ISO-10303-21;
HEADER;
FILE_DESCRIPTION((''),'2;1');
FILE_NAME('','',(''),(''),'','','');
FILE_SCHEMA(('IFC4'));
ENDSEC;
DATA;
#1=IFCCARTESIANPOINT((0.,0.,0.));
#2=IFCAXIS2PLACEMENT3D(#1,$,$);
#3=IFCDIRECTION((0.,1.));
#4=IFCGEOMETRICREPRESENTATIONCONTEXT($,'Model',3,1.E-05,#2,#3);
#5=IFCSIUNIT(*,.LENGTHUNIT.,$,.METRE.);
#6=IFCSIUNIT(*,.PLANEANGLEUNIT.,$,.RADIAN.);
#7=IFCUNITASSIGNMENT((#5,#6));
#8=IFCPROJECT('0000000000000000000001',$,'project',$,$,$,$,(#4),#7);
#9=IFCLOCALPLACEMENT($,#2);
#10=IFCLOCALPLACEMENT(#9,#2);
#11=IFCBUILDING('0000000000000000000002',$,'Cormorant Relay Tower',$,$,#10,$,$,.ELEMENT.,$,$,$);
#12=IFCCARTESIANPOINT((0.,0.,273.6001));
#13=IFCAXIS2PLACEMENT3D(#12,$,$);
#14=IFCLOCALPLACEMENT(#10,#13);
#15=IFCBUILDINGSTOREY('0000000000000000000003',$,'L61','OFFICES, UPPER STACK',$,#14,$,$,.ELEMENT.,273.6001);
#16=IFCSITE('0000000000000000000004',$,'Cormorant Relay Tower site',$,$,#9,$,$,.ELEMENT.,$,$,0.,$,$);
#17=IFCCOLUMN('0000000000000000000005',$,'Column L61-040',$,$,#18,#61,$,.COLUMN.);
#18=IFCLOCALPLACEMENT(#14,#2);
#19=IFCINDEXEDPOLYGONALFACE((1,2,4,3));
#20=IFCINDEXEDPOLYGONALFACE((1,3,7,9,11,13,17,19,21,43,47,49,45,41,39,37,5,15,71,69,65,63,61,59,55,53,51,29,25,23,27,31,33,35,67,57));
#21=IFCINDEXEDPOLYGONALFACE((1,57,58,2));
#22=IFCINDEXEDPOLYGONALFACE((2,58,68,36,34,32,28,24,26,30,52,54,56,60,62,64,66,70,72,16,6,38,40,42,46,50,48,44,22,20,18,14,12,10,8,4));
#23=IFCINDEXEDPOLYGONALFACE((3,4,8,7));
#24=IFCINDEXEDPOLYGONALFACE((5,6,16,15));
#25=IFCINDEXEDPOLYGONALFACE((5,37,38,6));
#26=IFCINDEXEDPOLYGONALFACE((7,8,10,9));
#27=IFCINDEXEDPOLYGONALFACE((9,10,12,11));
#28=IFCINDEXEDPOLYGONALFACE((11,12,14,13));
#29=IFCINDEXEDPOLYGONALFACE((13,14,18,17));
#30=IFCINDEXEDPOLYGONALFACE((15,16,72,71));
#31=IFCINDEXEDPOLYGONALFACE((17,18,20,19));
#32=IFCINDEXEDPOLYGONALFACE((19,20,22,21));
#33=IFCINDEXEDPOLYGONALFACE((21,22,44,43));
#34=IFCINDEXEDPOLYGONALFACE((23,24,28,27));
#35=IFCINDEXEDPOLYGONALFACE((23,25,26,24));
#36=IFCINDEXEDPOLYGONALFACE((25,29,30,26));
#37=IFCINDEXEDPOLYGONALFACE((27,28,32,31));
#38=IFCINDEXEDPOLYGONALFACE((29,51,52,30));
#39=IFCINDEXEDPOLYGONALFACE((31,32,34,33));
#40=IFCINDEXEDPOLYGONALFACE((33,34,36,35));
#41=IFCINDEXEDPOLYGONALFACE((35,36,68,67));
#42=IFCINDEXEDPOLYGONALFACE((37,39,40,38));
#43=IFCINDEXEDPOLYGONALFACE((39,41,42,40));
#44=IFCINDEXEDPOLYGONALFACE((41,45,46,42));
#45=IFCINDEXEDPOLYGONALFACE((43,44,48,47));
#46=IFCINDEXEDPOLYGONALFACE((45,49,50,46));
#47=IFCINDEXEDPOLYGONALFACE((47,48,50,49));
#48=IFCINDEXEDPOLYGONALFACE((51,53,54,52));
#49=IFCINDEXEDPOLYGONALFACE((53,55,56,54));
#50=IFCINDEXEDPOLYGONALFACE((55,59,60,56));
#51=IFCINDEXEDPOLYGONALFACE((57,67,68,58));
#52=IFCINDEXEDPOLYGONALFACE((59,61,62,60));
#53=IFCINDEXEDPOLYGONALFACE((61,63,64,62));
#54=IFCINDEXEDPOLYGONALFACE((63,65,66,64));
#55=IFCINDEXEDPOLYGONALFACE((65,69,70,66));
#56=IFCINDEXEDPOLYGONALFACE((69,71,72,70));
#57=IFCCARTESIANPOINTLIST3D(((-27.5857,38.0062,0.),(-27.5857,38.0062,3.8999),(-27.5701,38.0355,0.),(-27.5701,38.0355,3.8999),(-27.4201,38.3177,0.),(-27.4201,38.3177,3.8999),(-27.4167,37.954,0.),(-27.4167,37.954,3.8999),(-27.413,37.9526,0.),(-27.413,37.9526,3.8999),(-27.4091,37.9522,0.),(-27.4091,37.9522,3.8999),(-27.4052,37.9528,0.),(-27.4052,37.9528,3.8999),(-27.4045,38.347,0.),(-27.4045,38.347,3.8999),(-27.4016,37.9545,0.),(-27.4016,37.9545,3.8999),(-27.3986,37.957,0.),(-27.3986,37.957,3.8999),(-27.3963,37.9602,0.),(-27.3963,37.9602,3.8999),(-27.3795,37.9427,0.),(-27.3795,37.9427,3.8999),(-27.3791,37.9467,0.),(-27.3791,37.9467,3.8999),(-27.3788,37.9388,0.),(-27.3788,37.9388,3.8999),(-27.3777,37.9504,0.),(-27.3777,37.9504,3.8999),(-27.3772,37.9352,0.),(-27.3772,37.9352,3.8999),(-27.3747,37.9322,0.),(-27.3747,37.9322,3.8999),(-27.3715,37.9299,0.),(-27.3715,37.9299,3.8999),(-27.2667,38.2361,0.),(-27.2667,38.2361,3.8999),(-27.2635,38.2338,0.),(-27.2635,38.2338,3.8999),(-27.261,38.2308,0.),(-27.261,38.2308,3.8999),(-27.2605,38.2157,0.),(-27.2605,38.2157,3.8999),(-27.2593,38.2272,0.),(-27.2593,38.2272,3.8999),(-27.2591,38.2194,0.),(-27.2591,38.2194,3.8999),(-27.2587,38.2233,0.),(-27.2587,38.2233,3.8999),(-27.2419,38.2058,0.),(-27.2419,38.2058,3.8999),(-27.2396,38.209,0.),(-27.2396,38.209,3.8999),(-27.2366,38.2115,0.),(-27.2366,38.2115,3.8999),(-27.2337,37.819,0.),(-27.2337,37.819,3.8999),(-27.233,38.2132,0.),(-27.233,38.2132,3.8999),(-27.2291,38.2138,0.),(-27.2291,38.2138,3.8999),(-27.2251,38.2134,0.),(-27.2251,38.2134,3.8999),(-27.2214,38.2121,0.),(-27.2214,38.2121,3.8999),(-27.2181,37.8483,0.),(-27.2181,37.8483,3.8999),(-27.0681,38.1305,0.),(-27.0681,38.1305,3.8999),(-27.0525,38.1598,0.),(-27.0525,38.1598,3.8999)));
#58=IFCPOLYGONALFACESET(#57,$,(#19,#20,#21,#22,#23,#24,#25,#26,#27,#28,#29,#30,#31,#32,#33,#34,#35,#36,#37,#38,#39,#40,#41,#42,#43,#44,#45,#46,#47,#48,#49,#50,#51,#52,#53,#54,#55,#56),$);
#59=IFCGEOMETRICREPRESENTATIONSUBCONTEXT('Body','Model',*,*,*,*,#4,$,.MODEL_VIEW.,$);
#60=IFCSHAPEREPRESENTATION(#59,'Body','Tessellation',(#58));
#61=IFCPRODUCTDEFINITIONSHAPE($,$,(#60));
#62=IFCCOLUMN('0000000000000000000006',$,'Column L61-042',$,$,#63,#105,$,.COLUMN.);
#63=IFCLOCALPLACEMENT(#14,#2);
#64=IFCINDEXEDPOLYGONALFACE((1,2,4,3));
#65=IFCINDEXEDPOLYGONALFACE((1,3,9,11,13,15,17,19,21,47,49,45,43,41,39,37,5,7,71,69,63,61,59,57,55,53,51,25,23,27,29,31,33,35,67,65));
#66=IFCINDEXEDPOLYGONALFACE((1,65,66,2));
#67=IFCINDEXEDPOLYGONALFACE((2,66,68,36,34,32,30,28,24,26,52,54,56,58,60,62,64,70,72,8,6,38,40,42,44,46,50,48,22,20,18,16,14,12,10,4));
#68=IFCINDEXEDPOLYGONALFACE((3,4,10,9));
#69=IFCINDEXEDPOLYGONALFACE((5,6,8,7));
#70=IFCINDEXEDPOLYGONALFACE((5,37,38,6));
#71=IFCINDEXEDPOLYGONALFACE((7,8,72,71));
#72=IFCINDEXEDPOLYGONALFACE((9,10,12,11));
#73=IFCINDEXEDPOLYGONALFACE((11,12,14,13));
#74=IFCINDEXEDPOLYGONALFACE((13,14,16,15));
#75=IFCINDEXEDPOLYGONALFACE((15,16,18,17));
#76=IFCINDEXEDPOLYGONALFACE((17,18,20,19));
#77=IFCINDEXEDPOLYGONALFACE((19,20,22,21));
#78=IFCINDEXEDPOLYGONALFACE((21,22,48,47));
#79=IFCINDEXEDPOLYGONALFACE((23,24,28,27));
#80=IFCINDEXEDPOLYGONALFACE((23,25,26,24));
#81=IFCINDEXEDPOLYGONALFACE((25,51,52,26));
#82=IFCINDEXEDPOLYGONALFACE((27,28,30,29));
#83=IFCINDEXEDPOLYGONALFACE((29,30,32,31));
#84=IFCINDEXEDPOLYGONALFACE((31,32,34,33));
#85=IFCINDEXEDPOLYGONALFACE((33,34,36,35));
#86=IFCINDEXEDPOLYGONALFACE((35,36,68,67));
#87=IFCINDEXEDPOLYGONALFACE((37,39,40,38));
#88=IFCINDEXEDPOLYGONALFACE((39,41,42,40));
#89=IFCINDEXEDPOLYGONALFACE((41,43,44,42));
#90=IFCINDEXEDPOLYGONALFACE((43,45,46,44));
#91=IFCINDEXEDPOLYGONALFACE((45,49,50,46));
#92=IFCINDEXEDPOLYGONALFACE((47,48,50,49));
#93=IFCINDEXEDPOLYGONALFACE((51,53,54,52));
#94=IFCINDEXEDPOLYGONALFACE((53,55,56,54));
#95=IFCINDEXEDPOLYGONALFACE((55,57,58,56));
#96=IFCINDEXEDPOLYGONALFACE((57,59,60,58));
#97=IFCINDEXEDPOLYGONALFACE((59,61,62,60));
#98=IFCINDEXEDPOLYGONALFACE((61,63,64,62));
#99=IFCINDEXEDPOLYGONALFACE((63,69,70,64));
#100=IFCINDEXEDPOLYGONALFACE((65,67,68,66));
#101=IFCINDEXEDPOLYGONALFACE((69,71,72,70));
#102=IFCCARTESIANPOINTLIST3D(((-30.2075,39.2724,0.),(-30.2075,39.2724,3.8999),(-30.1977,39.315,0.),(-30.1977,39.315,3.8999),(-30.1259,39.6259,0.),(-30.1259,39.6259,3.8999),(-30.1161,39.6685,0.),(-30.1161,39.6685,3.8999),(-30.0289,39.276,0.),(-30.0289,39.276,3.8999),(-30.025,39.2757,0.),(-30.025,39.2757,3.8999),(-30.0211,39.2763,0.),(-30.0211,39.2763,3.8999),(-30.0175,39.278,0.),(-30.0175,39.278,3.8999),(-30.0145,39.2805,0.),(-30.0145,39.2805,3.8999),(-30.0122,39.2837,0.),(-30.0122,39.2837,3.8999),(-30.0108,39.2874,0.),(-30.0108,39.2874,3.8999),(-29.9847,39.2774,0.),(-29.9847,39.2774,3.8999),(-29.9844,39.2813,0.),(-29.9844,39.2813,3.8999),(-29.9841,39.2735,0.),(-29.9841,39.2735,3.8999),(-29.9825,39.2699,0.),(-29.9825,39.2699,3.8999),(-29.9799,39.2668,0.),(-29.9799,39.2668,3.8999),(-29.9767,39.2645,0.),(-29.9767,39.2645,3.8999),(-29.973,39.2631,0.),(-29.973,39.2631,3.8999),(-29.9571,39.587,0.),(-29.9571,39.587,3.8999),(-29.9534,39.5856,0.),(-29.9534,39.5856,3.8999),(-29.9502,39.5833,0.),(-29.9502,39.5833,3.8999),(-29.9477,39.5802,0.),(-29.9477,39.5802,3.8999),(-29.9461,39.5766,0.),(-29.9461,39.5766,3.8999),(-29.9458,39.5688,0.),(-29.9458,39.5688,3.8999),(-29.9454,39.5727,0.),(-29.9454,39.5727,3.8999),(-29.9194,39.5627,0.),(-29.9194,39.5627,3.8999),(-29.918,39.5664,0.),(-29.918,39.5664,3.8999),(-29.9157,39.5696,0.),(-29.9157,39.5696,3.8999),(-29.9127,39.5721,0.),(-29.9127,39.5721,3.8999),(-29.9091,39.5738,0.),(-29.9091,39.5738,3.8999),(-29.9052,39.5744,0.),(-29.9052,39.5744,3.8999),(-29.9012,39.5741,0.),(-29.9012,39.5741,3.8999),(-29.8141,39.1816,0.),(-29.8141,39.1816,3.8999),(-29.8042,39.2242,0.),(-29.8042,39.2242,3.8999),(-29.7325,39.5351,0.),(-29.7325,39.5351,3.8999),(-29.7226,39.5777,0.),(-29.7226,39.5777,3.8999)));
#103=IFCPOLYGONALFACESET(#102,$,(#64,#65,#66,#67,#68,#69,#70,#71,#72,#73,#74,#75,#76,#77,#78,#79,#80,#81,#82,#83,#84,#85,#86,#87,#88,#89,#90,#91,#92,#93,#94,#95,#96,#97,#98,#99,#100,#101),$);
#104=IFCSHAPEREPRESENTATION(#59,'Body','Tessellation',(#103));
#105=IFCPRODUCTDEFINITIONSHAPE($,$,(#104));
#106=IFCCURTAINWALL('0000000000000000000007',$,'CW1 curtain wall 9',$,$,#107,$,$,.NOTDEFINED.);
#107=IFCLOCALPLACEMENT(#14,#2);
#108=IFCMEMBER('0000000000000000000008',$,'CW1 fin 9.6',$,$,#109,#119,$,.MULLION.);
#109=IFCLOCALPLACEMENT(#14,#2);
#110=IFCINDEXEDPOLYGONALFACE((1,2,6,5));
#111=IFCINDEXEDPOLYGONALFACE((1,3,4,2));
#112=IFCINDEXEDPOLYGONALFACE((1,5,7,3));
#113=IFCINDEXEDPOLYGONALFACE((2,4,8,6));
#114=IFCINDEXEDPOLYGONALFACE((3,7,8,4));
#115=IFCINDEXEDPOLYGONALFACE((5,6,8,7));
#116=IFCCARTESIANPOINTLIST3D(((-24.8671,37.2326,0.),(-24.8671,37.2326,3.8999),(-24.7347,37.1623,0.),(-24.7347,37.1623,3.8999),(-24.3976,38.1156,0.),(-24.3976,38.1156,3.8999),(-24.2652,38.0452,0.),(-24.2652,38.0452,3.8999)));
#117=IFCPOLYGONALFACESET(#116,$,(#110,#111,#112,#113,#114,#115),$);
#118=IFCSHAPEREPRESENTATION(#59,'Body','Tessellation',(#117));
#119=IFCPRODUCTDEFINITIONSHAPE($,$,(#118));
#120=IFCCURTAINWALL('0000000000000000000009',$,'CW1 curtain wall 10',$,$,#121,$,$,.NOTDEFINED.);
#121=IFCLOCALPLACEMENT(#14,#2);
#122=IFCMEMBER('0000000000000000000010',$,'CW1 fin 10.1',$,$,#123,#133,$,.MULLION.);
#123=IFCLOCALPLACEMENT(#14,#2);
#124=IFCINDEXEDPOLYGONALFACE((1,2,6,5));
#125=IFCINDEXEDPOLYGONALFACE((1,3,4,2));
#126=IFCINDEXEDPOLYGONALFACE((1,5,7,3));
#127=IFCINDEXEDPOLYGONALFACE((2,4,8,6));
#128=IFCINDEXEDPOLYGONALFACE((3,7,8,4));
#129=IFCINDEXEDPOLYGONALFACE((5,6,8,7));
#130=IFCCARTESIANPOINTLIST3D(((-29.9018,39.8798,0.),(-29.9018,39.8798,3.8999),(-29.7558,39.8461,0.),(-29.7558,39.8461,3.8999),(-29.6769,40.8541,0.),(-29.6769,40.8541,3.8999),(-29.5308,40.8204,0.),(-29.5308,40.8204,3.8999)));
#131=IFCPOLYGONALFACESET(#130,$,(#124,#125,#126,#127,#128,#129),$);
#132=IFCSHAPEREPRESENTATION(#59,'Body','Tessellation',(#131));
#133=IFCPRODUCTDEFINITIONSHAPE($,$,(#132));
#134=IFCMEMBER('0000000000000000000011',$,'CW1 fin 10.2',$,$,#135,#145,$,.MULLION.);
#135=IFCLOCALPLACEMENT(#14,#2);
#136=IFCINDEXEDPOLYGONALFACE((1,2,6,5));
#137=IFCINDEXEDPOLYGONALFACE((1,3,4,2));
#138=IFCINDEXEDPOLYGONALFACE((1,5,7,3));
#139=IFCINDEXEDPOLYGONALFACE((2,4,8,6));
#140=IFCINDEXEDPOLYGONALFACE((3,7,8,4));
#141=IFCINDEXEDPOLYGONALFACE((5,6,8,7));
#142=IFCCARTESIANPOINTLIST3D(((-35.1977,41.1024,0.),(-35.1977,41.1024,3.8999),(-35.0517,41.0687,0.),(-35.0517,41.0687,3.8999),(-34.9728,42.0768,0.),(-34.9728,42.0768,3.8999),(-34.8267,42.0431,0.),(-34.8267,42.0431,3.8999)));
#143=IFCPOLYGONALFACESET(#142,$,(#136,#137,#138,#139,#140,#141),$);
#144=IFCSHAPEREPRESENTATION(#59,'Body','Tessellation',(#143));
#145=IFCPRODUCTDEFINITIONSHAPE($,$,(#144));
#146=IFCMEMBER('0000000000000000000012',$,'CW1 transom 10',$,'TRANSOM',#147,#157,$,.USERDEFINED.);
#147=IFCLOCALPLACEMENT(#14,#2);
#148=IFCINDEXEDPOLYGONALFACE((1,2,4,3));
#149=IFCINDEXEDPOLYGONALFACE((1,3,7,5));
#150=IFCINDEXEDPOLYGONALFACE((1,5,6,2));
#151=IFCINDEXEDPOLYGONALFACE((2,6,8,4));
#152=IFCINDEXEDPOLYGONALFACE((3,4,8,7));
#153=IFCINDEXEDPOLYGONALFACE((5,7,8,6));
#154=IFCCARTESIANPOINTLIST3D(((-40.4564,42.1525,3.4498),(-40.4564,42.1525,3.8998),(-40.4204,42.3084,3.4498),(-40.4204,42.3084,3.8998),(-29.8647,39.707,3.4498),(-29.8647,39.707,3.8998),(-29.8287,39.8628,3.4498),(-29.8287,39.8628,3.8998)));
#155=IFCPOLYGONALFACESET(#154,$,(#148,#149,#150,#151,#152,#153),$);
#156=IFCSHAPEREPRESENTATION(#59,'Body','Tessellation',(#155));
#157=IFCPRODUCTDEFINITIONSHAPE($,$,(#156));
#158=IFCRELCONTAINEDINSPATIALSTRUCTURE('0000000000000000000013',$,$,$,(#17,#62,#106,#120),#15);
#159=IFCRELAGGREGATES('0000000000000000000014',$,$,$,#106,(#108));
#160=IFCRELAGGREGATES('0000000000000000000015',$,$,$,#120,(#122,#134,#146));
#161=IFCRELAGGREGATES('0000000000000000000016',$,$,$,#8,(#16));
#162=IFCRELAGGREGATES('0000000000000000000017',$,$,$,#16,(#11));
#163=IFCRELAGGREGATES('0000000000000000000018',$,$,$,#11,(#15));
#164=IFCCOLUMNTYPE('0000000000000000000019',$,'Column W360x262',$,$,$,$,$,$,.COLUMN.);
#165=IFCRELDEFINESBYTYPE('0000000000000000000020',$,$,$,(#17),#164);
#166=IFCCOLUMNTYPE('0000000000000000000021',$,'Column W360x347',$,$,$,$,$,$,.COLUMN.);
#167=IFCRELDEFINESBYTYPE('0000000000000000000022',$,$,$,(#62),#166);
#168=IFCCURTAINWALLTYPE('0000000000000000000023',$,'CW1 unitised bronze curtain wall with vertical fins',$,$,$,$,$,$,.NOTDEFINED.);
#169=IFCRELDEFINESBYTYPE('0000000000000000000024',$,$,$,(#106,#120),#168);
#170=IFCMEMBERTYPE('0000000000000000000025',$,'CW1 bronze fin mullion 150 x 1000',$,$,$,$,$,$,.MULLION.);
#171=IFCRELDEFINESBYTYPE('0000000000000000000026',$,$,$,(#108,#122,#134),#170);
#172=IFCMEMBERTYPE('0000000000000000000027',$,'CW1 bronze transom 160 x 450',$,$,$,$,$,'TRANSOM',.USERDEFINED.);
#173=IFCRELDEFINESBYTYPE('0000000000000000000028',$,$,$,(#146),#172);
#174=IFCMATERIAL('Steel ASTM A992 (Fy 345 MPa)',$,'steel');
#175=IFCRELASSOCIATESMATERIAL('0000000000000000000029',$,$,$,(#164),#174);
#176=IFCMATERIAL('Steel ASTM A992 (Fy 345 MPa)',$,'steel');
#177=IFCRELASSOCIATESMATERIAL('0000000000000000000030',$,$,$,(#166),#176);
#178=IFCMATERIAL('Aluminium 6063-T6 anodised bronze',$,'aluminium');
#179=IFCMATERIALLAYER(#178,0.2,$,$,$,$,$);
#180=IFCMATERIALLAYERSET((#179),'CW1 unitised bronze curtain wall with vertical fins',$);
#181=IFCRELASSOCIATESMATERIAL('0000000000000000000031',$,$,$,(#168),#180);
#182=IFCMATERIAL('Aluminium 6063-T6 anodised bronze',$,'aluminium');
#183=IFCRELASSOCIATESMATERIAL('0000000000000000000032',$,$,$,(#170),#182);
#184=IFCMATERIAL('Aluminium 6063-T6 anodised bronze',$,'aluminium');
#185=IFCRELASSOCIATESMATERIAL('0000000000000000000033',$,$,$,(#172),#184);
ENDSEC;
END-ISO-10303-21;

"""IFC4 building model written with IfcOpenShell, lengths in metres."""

from ifc_helpers import new_model, si_unit, direction, frame, origin, origin_2d, place, context, subcontext, project, spatial, rectangle, i_section, extrude, material, layer, layer_set, material_profile, profile_set, type_object, element, aggregate, save


model = new_model("IFC4")

# Units and contexts
model_context = context("Model", 3, precision=1e-05, world=origin(), true_north=direction((0.0, 1.0)))
body_context = subcontext(model_context, "Body", "Model", "MODEL_VIEW")
ifc_project = project(units=[si_unit("LENGTHUNIT", "METRE"), si_unit("PLANEANGLEUNIT", "RADIAN")], contexts=[model_context])

# Site, building, storey
site_placement = place(None, origin())
site = spatial("IfcSite", under=ifc_project, at=site_placement, Name="Cormorant Relay Tower site", CompositionType="ELEMENT", RefElevation=0.0)
building_placement = place(site_placement, origin())
building = spatial("IfcBuilding", under=site, at=building_placement, Name="Cormorant Relay Tower", CompositionType="ELEMENT")
storey_placement = place(building_placement, frame((0.0, 0.0, 273.6001)))
storey = spatial("IfcBuildingStorey", under=building, at=storey_placement, Name="L61", Description="OFFICES, UPPER STACK", CompositionType="ELEMENT", Elevation=273.6001)

# Columns
ifc_material_1 = material(Name="Steel ASTM A992 (Fy 345 MPa)", Category="steel")
ifc_material_profile_1 = material_profile(ifc_material_1, i_section(OverallWidth=0.3987, OverallDepth=0.386, WebThickness=0.021, FlangeThickness=0.0332, FilletRadius=0.0151, at=origin_2d()), Name="W360x262")
ifc_profile_set_1 = profile_set([ifc_material_profile_1], Name="Steel ASTM A992 (Fy 345 MPa)")
column_type_1 = type_object("IfcColumnType", Name="Column W360x262", PredefinedType="COLUMN", material=ifc_profile_set_1)
column_1_placement = place(storey_placement, frame((-27.3191, 38.083, 0.0), z_axis=(0.0, 0.0, 1.0), x_axis=(-0.882948, 0.469472, 0.0)))
element("IfcColumn", 1, at=column_1_placement, inside=storey, type_object=column_type_1, Name="Column L61-040", PredefinedType="COLUMN", context=body_context, shape_type="SweptSolid", body=[
    extrude(i_section(OverallWidth=0.3987, OverallDepth=0.386, WebThickness=0.021, FlangeThickness=0.0332, FilletRadius=0.0151, at=origin_2d()), origin(), (0.0, 0.0, 1.0), 3.8999),
])
ifc_material_2 = material(Name="Steel ASTM A992 (Fy 345 MPa)", Category="steel")
ifc_material_profile_2 = material_profile(ifc_material_2, i_section(OverallWidth=0.4038, OverallDepth=0.4065, WebThickness=0.0271, FlangeThickness=0.0437, FilletRadius=0.0151, at=origin_2d()), Name="W360x347")
ifc_profile_set_2 = profile_set([ifc_material_profile_2], Name="Steel ASTM A992 (Fy 345 MPa)")
column_type_2 = type_object("IfcColumnType", Name="Column W360x347", PredefinedType="COLUMN", material=ifc_profile_set_2)
column_2_placement = place(storey_placement, frame((-29.9651, 39.425, 0.0), z_axis=(0.0, 0.0, 1.0), x_axis=(-0.97437, 0.224951, 0.0)))
element("IfcColumn", 2, at=column_2_placement, inside=storey, type_object=column_type_2, Name="Column L61-042", PredefinedType="COLUMN", context=body_context, shape_type="SweptSolid", body=[
    extrude(i_section(OverallWidth=0.4038, OverallDepth=0.4065, WebThickness=0.0271, FlangeThickness=0.0437, FilletRadius=0.0151, at=origin_2d()), origin(), (0.0, 0.0, 1.0), 3.8999),
])

# Curtain wall, member
ifc_material_3 = material(Name="Aluminium 6063-T6 anodised bronze", Category="aluminium")
ifc_layer_1 = layer(ifc_material_3, 0.2)
ifc_layer_set_1 = layer_set([ifc_layer_1], Name="CW1 unitised bronze curtain wall with vertical fins")
curtain_wall_type = type_object("IfcCurtainWallType", Name="CW1 unitised bronze curtain wall with vertical fins", PredefinedType="NOTDEFINED", material=ifc_layer_set_1)
curtain_wall_1_placement = place(storey_placement, origin())
curtain_wall_1 = element("IfcCurtainWall", 3, at=curtain_wall_1_placement, inside=storey, type_object=curtain_wall_type, Name="CW1 curtain wall 9", PredefinedType="NOTDEFINED")
ifc_material_4 = material(Name="Aluminium 6063-T6 anodised bronze", Category="aluminium")
ifc_material_profile_3 = material_profile(ifc_material_4, rectangle(XDim=0.1499, YDim=1.0, at=origin_2d()), Name="AL 150x1000")
ifc_profile_set_3 = profile_set([ifc_material_profile_3], Name="Aluminium 6063-T6 anodised bronze")
member_type_1 = type_object("IfcMemberType", Name="CW1 bronze fin mullion 150 x 1000", PredefinedType="MULLION", material=ifc_profile_set_3)
member_1_placement = place(storey_placement, frame((-24.5662, 37.6389, 0.0), z_axis=(0.0, 0.0, 1.0), x_axis=(-0.882948, 0.469472, 0.0)))
member_1 = element("IfcMember", 4, at=member_1_placement, type_object=member_type_1, Name="CW1 fin 9.6", PredefinedType="MULLION", context=body_context, shape_type="SweptSolid", body=[
    extrude(rectangle(XDim=0.1499, YDim=1.0, at=origin_2d()), origin(), (0.0, 0.0, 1.0), 3.8999),
])

# Curtain wall, members
curtain_wall_2_placement = place(storey_placement, origin())
curtain_wall_2 = element("IfcCurtainWall", 5, at=curtain_wall_2_placement, inside=storey, type_object=curtain_wall_type, Name="CW1 curtain wall 10", PredefinedType="NOTDEFINED")
member_2_placement = place(storey_placement, frame((-29.7163, 40.3501, 0.0), z_axis=(0.0, 0.0, 1.0), x_axis=(-0.97437, 0.224951, 0.0)))
member_2 = element("IfcMember", 6, at=member_2_placement, type_object=member_type_1, Name="CW1 fin 10.1", PredefinedType="MULLION", context=body_context, shape_type="SweptSolid", body=[
    extrude(rectangle(XDim=0.1499, YDim=1.0, at=origin_2d()), origin(), (0.0, 0.0, 1.0), 3.8999),
])
member_3_placement = place(storey_placement, frame((-35.0122, 41.5728, 0.0), z_axis=(0.0, 0.0, 1.0), x_axis=(-0.97437, 0.224951, 0.0)))
member_3 = element("IfcMember", 7, at=member_3_placement, type_object=member_type_1, Name="CW1 fin 10.2", PredefinedType="MULLION", context=body_context, shape_type="SweptSolid", body=[
    extrude(rectangle(XDim=0.1499, YDim=1.0, at=origin_2d()), origin(), (0.0, 0.0, 1.0), 3.8999),
])
ifc_material_5 = material(Name="Aluminium 6063-T6 anodised bronze", Category="aluminium")
ifc_material_profile_4 = material_profile(ifc_material_5, rectangle(XDim=0.1599, YDim=0.45, at=origin_2d()), Name="AL 160x450")
ifc_profile_set_4 = profile_set([ifc_material_profile_4], Name="Aluminium 6063-T6 anodised bronze")
member_type_2 = type_object("IfcMemberType", Name="CW1 bronze transom 160 x 450", ElementType="TRANSOM", PredefinedType="USERDEFINED", material=ifc_profile_set_4)
member_4_placement = place(storey_placement, frame((-29.8467, 39.7849, 3.6748), z_axis=(-0.974365, 0.224973, 0.0), x_axis=(-0.224973, -0.974365, 0.0)))
member_4 = element("IfcMember", 8, at=member_4_placement, type_object=member_type_2, Name="CW1 transom 10", ObjectType="TRANSOM", PredefinedType="USERDEFINED", context=body_context, shape_type="SweptSolid", body=[
    extrude(rectangle(XDim=0.1599, YDim=0.45, at=origin_2d()), origin(), (0.0, 0.0, 1.0), 10.8704),
])

aggregate(curtain_wall_1, [member_1])
aggregate(curtain_wall_2, [member_2, member_3, member_4])

save(model, "model.ifc")
